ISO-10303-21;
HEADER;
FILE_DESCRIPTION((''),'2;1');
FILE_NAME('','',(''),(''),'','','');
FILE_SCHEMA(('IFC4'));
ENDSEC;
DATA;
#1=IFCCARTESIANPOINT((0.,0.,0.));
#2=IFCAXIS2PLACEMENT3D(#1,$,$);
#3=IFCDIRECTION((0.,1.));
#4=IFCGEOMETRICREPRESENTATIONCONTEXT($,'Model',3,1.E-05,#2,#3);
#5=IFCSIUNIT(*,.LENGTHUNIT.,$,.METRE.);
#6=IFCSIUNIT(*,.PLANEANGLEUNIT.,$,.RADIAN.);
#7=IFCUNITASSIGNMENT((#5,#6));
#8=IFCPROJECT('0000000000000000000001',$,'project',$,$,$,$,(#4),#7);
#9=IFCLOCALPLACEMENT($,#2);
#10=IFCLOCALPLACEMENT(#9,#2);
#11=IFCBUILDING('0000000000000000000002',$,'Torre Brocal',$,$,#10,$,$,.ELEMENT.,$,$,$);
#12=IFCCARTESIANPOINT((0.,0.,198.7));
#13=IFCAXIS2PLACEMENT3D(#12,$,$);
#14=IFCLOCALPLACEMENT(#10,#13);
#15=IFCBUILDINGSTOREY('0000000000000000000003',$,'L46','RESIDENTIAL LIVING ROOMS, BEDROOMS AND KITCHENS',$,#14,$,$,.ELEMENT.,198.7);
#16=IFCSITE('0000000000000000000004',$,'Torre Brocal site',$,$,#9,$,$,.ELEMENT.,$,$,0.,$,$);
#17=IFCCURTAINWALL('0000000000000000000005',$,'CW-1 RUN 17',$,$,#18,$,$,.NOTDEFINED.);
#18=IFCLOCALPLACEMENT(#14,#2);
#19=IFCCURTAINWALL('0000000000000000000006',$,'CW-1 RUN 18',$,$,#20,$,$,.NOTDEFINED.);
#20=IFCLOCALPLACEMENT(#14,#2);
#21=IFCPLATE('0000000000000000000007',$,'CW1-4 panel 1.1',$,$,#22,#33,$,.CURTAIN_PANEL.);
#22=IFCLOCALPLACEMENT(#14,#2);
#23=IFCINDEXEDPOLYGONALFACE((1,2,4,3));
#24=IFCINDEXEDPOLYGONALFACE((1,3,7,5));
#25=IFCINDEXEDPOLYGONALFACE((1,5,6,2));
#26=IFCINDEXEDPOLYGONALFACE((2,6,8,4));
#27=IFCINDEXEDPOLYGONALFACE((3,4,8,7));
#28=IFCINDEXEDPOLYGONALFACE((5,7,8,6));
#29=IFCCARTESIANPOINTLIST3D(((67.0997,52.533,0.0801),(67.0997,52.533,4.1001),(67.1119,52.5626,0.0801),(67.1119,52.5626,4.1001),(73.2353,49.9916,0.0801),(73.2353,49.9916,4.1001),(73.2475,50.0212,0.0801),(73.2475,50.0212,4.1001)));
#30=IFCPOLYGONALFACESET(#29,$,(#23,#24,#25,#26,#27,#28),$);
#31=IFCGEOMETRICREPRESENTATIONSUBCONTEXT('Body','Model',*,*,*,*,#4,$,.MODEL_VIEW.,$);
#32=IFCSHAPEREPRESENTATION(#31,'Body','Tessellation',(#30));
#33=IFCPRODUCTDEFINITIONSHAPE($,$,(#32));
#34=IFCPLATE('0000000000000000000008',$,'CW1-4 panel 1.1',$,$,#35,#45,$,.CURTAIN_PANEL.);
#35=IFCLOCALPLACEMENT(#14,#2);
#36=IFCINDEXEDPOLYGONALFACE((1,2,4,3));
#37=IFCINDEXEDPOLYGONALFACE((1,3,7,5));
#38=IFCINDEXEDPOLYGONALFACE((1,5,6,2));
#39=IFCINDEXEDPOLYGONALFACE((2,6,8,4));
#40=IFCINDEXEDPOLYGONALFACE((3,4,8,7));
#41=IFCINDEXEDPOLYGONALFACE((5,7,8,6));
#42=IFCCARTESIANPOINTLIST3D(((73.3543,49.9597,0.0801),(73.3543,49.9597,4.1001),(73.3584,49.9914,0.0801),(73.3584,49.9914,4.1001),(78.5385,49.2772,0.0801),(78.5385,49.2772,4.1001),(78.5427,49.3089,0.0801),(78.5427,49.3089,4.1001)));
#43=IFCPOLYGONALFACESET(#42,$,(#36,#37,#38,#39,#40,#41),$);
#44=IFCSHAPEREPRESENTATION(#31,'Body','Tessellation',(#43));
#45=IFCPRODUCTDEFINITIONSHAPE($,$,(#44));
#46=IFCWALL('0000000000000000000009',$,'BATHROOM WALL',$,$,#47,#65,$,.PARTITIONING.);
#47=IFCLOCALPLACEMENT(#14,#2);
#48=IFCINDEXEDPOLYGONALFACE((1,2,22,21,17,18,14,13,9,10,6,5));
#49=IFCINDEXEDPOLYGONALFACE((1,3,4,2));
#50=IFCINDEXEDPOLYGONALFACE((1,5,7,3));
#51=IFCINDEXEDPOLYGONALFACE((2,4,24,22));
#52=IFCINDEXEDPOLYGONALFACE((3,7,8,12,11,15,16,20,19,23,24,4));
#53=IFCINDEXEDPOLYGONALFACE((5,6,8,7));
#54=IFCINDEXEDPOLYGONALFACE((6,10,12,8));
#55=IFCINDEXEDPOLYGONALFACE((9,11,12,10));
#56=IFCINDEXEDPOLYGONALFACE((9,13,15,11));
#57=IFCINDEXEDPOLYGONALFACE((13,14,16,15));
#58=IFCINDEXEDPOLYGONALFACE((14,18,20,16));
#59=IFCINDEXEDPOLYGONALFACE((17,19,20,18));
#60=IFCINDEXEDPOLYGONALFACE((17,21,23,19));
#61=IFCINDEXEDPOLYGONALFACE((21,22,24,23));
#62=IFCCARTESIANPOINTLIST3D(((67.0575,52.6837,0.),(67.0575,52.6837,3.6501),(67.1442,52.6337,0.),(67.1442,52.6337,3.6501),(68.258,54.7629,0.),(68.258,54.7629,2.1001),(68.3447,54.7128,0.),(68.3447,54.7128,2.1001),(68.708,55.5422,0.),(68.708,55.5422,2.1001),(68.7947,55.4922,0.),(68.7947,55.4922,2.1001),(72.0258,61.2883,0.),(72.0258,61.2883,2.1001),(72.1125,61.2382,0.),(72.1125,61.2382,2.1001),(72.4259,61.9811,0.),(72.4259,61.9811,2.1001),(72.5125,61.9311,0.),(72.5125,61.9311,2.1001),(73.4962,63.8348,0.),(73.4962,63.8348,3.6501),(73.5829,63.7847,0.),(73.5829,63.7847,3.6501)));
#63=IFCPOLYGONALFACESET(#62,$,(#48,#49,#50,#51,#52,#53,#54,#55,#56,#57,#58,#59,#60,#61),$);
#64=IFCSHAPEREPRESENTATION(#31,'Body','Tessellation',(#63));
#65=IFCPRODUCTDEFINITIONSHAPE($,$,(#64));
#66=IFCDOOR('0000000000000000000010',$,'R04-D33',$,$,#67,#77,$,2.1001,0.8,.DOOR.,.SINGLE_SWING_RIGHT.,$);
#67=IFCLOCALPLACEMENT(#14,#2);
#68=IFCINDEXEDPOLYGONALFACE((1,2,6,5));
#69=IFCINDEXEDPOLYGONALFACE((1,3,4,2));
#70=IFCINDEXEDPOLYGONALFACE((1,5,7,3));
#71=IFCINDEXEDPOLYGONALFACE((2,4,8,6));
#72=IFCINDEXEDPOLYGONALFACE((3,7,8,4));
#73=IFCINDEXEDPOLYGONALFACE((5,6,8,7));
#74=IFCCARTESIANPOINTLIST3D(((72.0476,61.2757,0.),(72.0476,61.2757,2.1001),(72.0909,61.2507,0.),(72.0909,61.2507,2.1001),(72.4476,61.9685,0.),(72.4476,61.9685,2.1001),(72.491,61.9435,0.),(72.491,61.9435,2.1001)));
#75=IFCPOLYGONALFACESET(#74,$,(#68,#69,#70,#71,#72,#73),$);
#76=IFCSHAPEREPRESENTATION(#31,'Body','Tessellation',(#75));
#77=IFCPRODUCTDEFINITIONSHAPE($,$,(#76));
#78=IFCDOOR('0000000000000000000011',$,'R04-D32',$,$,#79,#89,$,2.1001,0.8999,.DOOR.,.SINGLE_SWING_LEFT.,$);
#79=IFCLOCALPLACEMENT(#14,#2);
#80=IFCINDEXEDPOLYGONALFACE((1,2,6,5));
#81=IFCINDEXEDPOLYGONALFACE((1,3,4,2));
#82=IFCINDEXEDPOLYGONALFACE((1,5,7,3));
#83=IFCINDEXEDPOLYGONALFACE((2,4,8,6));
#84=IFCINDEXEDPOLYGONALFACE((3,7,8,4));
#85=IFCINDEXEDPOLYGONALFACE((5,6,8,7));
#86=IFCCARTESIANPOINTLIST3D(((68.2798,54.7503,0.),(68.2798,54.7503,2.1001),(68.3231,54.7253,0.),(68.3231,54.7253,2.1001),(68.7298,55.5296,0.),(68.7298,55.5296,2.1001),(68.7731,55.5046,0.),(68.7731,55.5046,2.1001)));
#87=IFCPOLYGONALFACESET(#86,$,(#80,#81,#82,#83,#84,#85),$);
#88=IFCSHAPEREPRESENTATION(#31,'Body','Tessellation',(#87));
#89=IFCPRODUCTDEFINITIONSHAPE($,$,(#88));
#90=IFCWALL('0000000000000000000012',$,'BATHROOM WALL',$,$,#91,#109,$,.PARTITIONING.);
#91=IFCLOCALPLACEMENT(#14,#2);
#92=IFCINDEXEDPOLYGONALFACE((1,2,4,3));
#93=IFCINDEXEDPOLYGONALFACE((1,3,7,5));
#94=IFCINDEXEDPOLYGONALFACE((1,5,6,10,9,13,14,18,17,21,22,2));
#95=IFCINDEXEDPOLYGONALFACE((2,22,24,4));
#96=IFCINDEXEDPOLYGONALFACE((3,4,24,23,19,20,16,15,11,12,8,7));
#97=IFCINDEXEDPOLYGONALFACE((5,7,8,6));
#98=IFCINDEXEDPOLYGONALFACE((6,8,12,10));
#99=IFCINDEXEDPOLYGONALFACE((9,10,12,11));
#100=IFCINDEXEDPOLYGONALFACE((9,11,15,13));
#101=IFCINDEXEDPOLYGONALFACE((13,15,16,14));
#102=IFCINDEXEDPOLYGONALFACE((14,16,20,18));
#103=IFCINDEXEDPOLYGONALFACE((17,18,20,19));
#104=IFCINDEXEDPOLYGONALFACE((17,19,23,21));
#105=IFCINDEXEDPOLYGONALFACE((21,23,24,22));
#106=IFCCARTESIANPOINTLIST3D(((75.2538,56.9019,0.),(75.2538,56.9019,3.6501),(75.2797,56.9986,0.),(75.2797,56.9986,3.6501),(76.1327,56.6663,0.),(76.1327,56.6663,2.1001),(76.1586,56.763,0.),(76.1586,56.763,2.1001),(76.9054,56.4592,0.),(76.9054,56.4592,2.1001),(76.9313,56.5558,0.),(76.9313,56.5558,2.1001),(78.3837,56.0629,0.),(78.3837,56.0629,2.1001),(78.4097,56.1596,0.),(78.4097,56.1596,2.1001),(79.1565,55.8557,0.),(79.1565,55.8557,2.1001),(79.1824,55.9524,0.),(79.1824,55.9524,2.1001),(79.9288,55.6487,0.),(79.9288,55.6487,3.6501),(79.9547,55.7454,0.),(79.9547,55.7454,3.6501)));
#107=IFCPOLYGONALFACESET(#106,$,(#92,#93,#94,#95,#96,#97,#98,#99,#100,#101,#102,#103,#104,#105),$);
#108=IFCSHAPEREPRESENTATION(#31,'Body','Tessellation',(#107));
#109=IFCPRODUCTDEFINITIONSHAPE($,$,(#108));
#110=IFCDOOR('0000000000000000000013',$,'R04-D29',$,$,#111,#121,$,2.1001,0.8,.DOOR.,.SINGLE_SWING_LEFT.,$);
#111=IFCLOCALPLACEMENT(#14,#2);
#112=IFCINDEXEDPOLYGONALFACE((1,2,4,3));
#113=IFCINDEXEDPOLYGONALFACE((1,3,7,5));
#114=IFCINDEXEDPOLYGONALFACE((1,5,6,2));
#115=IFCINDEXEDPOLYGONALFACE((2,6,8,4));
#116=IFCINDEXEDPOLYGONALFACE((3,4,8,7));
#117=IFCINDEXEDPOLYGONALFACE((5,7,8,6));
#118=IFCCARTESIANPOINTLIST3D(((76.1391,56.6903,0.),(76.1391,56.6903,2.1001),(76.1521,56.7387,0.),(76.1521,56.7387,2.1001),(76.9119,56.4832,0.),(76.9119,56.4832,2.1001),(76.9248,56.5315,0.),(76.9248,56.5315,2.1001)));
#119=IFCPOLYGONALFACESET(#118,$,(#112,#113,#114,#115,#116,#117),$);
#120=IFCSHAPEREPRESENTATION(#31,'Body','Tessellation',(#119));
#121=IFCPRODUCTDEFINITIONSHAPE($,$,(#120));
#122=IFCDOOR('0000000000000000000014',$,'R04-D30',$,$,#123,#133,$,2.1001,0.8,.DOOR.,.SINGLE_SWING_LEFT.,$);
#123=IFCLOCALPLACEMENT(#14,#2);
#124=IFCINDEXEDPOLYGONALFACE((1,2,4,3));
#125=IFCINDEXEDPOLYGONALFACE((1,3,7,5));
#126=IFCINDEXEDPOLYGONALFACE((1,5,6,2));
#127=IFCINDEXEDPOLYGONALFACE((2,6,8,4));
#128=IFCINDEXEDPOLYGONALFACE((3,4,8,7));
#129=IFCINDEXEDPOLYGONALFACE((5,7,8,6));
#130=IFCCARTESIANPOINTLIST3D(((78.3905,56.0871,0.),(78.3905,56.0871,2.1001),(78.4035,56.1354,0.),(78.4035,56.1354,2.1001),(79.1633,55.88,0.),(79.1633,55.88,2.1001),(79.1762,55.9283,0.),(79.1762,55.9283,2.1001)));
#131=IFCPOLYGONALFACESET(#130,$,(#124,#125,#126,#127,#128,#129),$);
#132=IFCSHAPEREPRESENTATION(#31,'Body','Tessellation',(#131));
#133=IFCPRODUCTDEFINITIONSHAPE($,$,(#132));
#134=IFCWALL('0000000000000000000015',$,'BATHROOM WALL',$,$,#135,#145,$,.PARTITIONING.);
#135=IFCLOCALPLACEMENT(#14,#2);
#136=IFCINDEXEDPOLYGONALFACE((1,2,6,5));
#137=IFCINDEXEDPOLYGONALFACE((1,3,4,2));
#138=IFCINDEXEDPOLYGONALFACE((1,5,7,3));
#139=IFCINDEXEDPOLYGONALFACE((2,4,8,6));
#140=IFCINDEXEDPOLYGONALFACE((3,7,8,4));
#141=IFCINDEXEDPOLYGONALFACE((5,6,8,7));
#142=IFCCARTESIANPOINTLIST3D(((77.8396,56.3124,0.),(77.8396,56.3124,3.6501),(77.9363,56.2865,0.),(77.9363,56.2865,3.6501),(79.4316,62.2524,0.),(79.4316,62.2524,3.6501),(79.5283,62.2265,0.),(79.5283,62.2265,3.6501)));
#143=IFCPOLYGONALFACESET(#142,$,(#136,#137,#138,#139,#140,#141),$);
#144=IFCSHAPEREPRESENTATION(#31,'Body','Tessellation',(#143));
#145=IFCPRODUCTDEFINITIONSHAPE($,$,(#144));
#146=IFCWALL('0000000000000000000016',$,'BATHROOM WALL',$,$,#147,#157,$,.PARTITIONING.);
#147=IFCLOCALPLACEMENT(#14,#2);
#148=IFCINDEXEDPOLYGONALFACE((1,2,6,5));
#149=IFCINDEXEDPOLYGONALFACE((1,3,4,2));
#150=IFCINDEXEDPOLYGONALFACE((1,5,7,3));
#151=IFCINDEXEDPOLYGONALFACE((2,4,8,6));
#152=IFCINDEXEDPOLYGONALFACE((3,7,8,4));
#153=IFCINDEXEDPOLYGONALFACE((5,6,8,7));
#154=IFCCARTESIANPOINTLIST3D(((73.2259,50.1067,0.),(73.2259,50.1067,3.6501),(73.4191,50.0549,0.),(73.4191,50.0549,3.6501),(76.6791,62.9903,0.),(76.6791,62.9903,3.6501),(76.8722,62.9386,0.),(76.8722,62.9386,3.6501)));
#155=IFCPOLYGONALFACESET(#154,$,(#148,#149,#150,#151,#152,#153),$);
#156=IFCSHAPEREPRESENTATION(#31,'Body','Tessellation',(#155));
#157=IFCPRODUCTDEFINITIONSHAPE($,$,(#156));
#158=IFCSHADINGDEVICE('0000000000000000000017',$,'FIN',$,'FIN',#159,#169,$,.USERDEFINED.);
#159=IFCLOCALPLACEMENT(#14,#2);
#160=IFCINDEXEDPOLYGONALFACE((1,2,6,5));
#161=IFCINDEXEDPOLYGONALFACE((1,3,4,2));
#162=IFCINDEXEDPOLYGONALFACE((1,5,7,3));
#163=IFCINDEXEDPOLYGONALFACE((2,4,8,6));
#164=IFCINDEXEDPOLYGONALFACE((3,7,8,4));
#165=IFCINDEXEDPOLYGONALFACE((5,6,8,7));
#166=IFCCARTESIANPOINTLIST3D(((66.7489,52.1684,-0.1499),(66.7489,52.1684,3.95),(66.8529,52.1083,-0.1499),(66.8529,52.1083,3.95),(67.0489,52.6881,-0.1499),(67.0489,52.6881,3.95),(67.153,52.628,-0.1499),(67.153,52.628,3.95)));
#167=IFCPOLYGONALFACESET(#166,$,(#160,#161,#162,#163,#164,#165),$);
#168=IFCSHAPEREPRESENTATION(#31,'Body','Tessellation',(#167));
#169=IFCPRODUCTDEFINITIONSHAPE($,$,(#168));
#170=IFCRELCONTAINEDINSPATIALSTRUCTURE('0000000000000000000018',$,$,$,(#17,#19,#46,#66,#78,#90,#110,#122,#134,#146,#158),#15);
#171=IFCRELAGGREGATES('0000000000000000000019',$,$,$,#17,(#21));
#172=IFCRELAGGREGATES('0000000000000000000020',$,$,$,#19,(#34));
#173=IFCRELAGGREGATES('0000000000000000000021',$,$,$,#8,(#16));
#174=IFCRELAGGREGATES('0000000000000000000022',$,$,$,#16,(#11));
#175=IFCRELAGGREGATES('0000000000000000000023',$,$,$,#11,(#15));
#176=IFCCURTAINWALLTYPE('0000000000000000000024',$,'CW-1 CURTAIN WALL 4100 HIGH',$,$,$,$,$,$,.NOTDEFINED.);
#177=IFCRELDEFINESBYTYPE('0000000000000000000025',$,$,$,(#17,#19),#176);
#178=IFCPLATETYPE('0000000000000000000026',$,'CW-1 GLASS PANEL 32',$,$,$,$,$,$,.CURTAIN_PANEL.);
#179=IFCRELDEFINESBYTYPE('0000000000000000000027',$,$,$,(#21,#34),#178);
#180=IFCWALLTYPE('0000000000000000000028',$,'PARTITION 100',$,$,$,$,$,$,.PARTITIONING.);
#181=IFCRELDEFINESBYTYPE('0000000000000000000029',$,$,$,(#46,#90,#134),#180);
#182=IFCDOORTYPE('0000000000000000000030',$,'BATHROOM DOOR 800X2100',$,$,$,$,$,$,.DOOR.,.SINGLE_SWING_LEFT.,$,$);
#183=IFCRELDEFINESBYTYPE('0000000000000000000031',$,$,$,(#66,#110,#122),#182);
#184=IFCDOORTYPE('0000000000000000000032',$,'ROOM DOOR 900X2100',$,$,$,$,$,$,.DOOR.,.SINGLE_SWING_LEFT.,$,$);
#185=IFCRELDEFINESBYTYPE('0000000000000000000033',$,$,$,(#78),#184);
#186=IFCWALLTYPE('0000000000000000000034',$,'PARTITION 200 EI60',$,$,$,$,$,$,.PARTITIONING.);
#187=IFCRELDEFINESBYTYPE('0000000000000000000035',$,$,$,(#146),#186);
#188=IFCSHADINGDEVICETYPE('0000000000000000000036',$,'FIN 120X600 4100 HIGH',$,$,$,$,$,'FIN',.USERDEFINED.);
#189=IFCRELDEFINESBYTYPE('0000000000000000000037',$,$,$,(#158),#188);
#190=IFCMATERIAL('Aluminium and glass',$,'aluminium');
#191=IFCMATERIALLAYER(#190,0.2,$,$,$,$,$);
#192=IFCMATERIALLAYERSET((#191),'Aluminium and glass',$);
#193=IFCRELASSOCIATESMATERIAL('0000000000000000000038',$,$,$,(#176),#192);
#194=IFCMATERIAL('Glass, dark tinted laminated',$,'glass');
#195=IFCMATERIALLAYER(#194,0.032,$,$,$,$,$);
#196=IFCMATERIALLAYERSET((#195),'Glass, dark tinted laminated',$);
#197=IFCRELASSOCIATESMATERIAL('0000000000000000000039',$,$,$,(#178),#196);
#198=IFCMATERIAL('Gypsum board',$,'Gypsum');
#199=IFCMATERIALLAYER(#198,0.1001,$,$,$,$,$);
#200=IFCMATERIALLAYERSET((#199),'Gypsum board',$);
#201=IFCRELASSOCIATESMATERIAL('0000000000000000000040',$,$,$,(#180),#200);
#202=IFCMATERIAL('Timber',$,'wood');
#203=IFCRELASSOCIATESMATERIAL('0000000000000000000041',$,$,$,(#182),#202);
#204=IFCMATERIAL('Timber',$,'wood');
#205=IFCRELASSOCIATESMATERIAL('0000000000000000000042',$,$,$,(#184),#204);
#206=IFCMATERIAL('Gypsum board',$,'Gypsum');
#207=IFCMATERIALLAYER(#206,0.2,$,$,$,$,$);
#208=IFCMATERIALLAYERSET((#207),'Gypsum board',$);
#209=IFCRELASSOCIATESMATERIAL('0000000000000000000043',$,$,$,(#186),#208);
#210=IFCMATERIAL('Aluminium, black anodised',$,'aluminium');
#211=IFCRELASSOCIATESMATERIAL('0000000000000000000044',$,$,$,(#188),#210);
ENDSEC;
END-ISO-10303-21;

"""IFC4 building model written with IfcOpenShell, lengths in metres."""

from ifc_helpers import new_model, si_unit, direction, frame, frame_2d, origin, origin_2d, place, context, subcontext, project, spatial, rectangle, extrude, material, layer, layer_set, material_profile, profile_set, type_object, element, fill, aggregate, save


model = new_model("IFC4")

# Units and contexts
model_context = context("Model", 3, precision=1e-05, world=origin(), true_north=direction((0.0, 1.0)))
body_context = subcontext(model_context, "Body", "Model", "MODEL_VIEW")
ifc_project = project(units=[si_unit("LENGTHUNIT", "METRE"), si_unit("PLANEANGLEUNIT", "RADIAN")], contexts=[model_context])

# Site, building, storey
site_placement = place(None, origin())
site = spatial("IfcSite", under=ifc_project, at=site_placement, Name="Torre Brocal site", CompositionType="ELEMENT", RefElevation=0.0)
building_placement = place(site_placement, origin())
building = spatial("IfcBuilding", under=site, at=building_placement, Name="Torre Brocal", CompositionType="ELEMENT")
storey_placement = place(building_placement, frame((0.0, 0.0, 198.7)))
storey = spatial("IfcBuildingStorey", under=building, at=storey_placement, Name="L46", Description="RESIDENTIAL LIVING ROOMS, BEDROOMS AND KITCHENS", CompositionType="ELEMENT", Elevation=198.7)

# Shared definitions
ifc_material_1 = material(Name="Aluminium and glass", Category="aluminium")
ifc_layer_1 = layer(ifc_material_1, 0.2)
ifc_layer_set_1 = layer_set([ifc_layer_1], Name="Aluminium and glass")
curtain_wall_type = type_object("IfcCurtainWallType", Name="CW-1 CURTAIN WALL 4100 HIGH", PredefinedType="NOTDEFINED", material=ifc_layer_set_1)

# Curtain walls
curtain_wall_1_placement = place(storey_placement, origin())
curtain_wall_1 = element("IfcCurtainWall", 1, at=curtain_wall_1_placement, inside=storey, type_object=curtain_wall_type, Name="CW-1 RUN 17", PredefinedType="NOTDEFINED")
curtain_wall_2_placement = place(storey_placement, origin())
curtain_wall_2 = element("IfcCurtainWall", 2, at=curtain_wall_2_placement, inside=storey, type_object=curtain_wall_type, Name="CW-1 RUN 18", PredefinedType="NOTDEFINED")

# Plates
ifc_material_2 = material(Name="Glass, dark tinted laminated", Category="glass")
ifc_layer_2 = layer(ifc_material_2, 0.032)
ifc_layer_set_2 = layer_set([ifc_layer_2], Name="Glass, dark tinted laminated")
plate_type = type_object("IfcPlateType", Name="CW-1 GLASS PANEL 32", PredefinedType="CURTAIN_PANEL", material=ifc_layer_set_2)
plate_1_placement = place(storey_placement, frame((70.1736, 51.2771, 0.0801), z_axis=(0.0, 0.0, 1.0), x_axis=(0.92388, -0.382683, 0.0)))
plate_1 = element("IfcPlate", 3, at=plate_1_placement, type_object=plate_type, Name="CW1-4 panel 1.1", PredefinedType="CURTAIN_PANEL", context=body_context, shape_type="SweptSolid", body=[
    extrude(rectangle(XDim=6.6411, YDim=0.032, at=origin_2d()), origin(), (0.0, 0.0, 1.0), 4.02),
])
aggregate(curtain_wall_1, [plate_1])
plate_2_placement = place(storey_placement, frame((75.9485, 49.6343, 0.0801), z_axis=(0.0, 0.0, 1.0), x_axis=(0.991445, -0.130526, 0.0)))
plate_2 = element("IfcPlate", 4, at=plate_2_placement, type_object=plate_type, Name="CW1-4 panel 1.1", PredefinedType="CURTAIN_PANEL", context=body_context, shape_type="SweptSolid", body=[
    extrude(rectangle(XDim=5.229, YDim=0.032, at=origin_2d()), origin(), (0.0, 0.0, 1.0), 4.02),
])
aggregate(curtain_wall_2, [plate_2])

# Walls, openings, doors
ifc_material_3 = material(Name="Gypsum board", Category="Gypsum")
ifc_layer_3 = layer(ifc_material_3, 0.1001)
ifc_layer_set_3 = layer_set([ifc_layer_3], Name="Gypsum board")
wall_type_1 = type_object("IfcWallType", Name="PARTITION 100", PredefinedType="PARTITIONING", material=ifc_layer_set_3)
wall_1_placement = place(storey_placement, frame((67.1008, 52.6587, 0.0), z_axis=(0.0, 0.0, 1.0), x_axis=(0.500036, 0.866005, 0.0)))
wall_1 = element("IfcWall", 5, at=wall_1_placement, inside=storey, type_object=wall_type_1, Name="BATHROOM WALL", PredefinedType="PARTITIONING", context=body_context, shape_type="SweptSolid", body=[
    extrude(rectangle(XDim=12.8765, YDim=0.1001, at=frame_2d((6.4382, 0.0))), origin(), (0.0, 0.0, 1.0), 3.6501),
])
opening_1_placement = place(wall_1_placement, frame((2.4009, 0.0, 0.0)))
opening_1 = element("IfcOpeningElement", 6, at=opening_1_placement, cuts=wall_1, PredefinedType="OPENING", context=body_context, shape_type="SweptSolid", body=[
    extrude(rectangle(XDim=0.8999, YDim=2.1001, at=frame_2d((0.45, 1.05))), frame((0.0, 0.0601, 0.0), z_axis=(0.0, -1.0, 0.0), x_axis=(1.0, 0.0, 0.0)), (0.0, 0.0, 1.0), 0.1201),
])
opening_2_placement = place(wall_1_placement, frame((9.936, 0.0, 0.0)))
opening_2 = element("IfcOpeningElement", 7, at=opening_2_placement, cuts=wall_1, PredefinedType="OPENING", context=body_context, shape_type="SweptSolid", body=[
    extrude(rectangle(XDim=0.8, YDim=2.1001, at=frame_2d((0.3999, 1.05))), frame((0.0, 0.0601, 0.0), z_axis=(0.0, -1.0, 0.0), x_axis=(1.0, 0.0, 0.0)), (0.0, 0.0, 1.0), 0.1201),
])
ifc_material_4 = material(Name="Timber", Category="wood")
door_type_1 = type_object("IfcDoorType", Name="BATHROOM DOOR 800X2100", OperationType="SINGLE_SWING_LEFT", PredefinedType="DOOR", material=ifc_material_4)
door_1_placement = place(opening_2_placement, origin())
door_1 = element("IfcDoor", 8, at=door_1_placement, inside=storey, type_object=door_type_1, Name="R04-D33", OperationType="SINGLE_SWING_RIGHT", OverallHeight=2.1001, OverallWidth=0.8, PredefinedType="DOOR", context=body_context, shape_type="SweptSolid", body=[
    extrude(rectangle(XDim=0.8, YDim=2.1001, at=frame_2d((0.3999, 1.05))), frame((0.0, 0.0249, 0.0), z_axis=(0.0, -1.0, 0.0), x_axis=(1.0, 0.0, 0.0)), (0.0, 0.0, 1.0), 0.05),
])
fill(opening_2, door_1)
ifc_material_5 = material(Name="Timber", Category="wood")
door_type_2 = type_object("IfcDoorType", Name="ROOM DOOR 900X2100", OperationType="SINGLE_SWING_LEFT", PredefinedType="DOOR", material=ifc_material_5)
door_2_placement = place(opening_1_placement, origin())
door_2 = element("IfcDoor", 9, at=door_2_placement, inside=storey, type_object=door_type_2, Name="R04-D32", OperationType="SINGLE_SWING_LEFT", OverallHeight=2.1001, OverallWidth=0.8999, PredefinedType="DOOR", context=body_context, shape_type="SweptSolid", body=[
    extrude(rectangle(XDim=0.8999, YDim=2.1001, at=frame_2d((0.45, 1.05))), frame((0.0, 0.0249, 0.0), z_axis=(0.0, -1.0, 0.0), x_axis=(1.0, 0.0, 0.0)), (0.0, 0.0, 1.0), 0.05),
])
fill(opening_1, door_2)
wall_2_placement = place(storey_placement, frame((75.2668, 56.9502, 0.0), z_axis=(0.0, 0.0, 1.0), x_axis=(0.9659, -0.258915, 0.0)))
wall_2 = element("IfcWall", 10, at=wall_2_placement, inside=storey, type_object=wall_type_1, Name="BATHROOM WALL", PredefinedType="PARTITIONING", context=body_context, shape_type="SweptSolid", body=[
    extrude(rectangle(XDim=4.8401, YDim=0.1001, at=frame_2d((2.4199, 0.0))), origin(), (0.0, 0.0, 1.0), 3.6501),
])
opening_3_placement = place(wall_2_placement, frame((0.9099, 0.0, 0.0)))
opening_3 = element("IfcOpeningElement", 11, at=opening_3_placement, cuts=wall_2, PredefinedType="OPENING", context=body_context, shape_type="SweptSolid", body=[
    extrude(rectangle(XDim=0.8, YDim=2.1001, at=frame_2d((0.3999, 1.05))), frame((0.0, 0.0601, 0.0), z_axis=(0.0, -1.0, 0.0), x_axis=(1.0, 0.0, 0.0)), (0.0, 0.0, 1.0), 0.1201),
])
opening_4_placement = place(wall_2_placement, frame((3.2405, 0.0, 0.0)))
opening_4 = element("IfcOpeningElement", 12, at=opening_4_placement, cuts=wall_2, PredefinedType="OPENING", context=body_context, shape_type="SweptSolid", body=[
    extrude(rectangle(XDim=0.8, YDim=2.1001, at=frame_2d((0.3999, 1.05))), frame((0.0, 0.0601, 0.0), z_axis=(0.0, -1.0, 0.0), x_axis=(1.0, 0.0, 0.0)), (0.0, 0.0, 1.0), 0.1201),
])
door_3_placement = place(opening_3_placement, origin())
door_3 = element("IfcDoor", 13, at=door_3_placement, inside=storey, type_object=door_type_1, Name="R04-D29", OperationType="SINGLE_SWING_LEFT", OverallHeight=2.1001, OverallWidth=0.8, PredefinedType="DOOR", context=body_context, shape_type="SweptSolid", body=[
    extrude(rectangle(XDim=0.8, YDim=2.1001, at=frame_2d((0.3999, 1.05))), frame((0.0, 0.0249, 0.0), z_axis=(0.0, -1.0, 0.0), x_axis=(1.0, 0.0, 0.0)), (0.0, 0.0, 1.0), 0.05),
])
fill(opening_3, door_3)
door_4_placement = place(opening_4_placement, frame((0.8, 0.0, 0.0), z_axis=(0.0, 0.0, 1.0), x_axis=(-1.0, 0.0, 0.0)))
door_4 = element("IfcDoor", 14, at=door_4_placement, inside=storey, type_object=door_type_1, Name="R04-D30", OperationType="SINGLE_SWING_LEFT", OverallHeight=2.1001, OverallWidth=0.8, PredefinedType="DOOR", context=body_context, shape_type="SweptSolid", body=[
    extrude(rectangle(XDim=0.8, YDim=2.1001, at=frame_2d((0.3999, 1.05))), frame((0.0, 0.0249, 0.0), z_axis=(0.0, -1.0, 0.0), x_axis=(1.0, 0.0, 0.0)), (0.0, 0.0, 1.0), 0.05),
])
fill(opening_4, door_4)

# Walls
wall_3_placement = place(storey_placement, frame((77.8879, 56.2996, 0.0), z_axis=(0.0, 0.0, 1.0), x_axis=(0.258886, 0.965908, 0.0)))
element("IfcWall", 15, at=wall_3_placement, inside=storey, type_object=wall_type_1, Name="BATHROOM WALL", PredefinedType="PARTITIONING", context=body_context, shape_type="SweptSolid", body=[
    extrude(rectangle(XDim=6.1497, YDim=0.1001, at=frame_2d((3.0747, 0.0))), origin(), (0.0, 0.0, 1.0), 3.6501),
])
ifc_material_6 = material(Name="Gypsum board", Category="Gypsum")
ifc_layer_4 = layer(ifc_material_6, 0.2)
ifc_layer_set_4 = layer_set([ifc_layer_4], Name="Gypsum board")
wall_type_2 = type_object("IfcWallType", Name="PARTITION 200 EI60", PredefinedType="PARTITIONING", material=ifc_layer_set_4)
wall_4_placement = place(storey_placement, frame((73.3225, 50.0808, 0.0), z_axis=(0.0, 0.0, 1.0), x_axis=(0.258888, 0.965907, 0.0)))
element("IfcWall", 16, at=wall_4_placement, inside=storey, type_object=wall_type_2, Name="BATHROOM WALL", PredefinedType="PARTITIONING", context=body_context, shape_type="SweptSolid", body=[
    extrude(rectangle(XDim=13.3384, YDim=0.2, at=frame_2d((6.6692, 0.0))), origin(), (0.0, 0.0, 1.0), 3.6501),
])

# Shading device
ifc_material_7 = material(Name="Aluminium, black anodised", Category="aluminium")
ifc_material_profile_1 = material_profile(ifc_material_7, rectangle(XDim=0.1201, YDim=0.6001, at=origin_2d()), Name="FIN 120X600 4100 HIGH")
ifc_profile_set_1 = profile_set([ifc_material_profile_1], Name="Aluminium, black anodised")
shading_device_type = type_object("IfcShadingDeviceType", Name="FIN 120X600 4100 HIGH", ElementType="FIN", PredefinedType="USERDEFINED", material=ifc_profile_set_1)
for number, where, z_axis, x_axis, name in (
    (17, (66.9509, 52.3982, -0.1499), (0.0, 0.0, 1.0), (0.866025, -0.5, 0.0), "FIN"),
):
    element("IfcShadingDevice", number, at=place(storey_placement, frame(where, z_axis=z_axis, x_axis=x_axis)), inside=storey, type_object=shading_device_type, Name=name, ObjectType="FIN", PredefinedType="USERDEFINED", context=body_context, shape_type="SweptSolid", body=[
        extrude(rectangle(XDim=0.1201, YDim=0.6001, at=origin_2d()), origin(), (0.0, 0.0, 1.0), 4.0999),
    ])

save(model, "model.ifc")
